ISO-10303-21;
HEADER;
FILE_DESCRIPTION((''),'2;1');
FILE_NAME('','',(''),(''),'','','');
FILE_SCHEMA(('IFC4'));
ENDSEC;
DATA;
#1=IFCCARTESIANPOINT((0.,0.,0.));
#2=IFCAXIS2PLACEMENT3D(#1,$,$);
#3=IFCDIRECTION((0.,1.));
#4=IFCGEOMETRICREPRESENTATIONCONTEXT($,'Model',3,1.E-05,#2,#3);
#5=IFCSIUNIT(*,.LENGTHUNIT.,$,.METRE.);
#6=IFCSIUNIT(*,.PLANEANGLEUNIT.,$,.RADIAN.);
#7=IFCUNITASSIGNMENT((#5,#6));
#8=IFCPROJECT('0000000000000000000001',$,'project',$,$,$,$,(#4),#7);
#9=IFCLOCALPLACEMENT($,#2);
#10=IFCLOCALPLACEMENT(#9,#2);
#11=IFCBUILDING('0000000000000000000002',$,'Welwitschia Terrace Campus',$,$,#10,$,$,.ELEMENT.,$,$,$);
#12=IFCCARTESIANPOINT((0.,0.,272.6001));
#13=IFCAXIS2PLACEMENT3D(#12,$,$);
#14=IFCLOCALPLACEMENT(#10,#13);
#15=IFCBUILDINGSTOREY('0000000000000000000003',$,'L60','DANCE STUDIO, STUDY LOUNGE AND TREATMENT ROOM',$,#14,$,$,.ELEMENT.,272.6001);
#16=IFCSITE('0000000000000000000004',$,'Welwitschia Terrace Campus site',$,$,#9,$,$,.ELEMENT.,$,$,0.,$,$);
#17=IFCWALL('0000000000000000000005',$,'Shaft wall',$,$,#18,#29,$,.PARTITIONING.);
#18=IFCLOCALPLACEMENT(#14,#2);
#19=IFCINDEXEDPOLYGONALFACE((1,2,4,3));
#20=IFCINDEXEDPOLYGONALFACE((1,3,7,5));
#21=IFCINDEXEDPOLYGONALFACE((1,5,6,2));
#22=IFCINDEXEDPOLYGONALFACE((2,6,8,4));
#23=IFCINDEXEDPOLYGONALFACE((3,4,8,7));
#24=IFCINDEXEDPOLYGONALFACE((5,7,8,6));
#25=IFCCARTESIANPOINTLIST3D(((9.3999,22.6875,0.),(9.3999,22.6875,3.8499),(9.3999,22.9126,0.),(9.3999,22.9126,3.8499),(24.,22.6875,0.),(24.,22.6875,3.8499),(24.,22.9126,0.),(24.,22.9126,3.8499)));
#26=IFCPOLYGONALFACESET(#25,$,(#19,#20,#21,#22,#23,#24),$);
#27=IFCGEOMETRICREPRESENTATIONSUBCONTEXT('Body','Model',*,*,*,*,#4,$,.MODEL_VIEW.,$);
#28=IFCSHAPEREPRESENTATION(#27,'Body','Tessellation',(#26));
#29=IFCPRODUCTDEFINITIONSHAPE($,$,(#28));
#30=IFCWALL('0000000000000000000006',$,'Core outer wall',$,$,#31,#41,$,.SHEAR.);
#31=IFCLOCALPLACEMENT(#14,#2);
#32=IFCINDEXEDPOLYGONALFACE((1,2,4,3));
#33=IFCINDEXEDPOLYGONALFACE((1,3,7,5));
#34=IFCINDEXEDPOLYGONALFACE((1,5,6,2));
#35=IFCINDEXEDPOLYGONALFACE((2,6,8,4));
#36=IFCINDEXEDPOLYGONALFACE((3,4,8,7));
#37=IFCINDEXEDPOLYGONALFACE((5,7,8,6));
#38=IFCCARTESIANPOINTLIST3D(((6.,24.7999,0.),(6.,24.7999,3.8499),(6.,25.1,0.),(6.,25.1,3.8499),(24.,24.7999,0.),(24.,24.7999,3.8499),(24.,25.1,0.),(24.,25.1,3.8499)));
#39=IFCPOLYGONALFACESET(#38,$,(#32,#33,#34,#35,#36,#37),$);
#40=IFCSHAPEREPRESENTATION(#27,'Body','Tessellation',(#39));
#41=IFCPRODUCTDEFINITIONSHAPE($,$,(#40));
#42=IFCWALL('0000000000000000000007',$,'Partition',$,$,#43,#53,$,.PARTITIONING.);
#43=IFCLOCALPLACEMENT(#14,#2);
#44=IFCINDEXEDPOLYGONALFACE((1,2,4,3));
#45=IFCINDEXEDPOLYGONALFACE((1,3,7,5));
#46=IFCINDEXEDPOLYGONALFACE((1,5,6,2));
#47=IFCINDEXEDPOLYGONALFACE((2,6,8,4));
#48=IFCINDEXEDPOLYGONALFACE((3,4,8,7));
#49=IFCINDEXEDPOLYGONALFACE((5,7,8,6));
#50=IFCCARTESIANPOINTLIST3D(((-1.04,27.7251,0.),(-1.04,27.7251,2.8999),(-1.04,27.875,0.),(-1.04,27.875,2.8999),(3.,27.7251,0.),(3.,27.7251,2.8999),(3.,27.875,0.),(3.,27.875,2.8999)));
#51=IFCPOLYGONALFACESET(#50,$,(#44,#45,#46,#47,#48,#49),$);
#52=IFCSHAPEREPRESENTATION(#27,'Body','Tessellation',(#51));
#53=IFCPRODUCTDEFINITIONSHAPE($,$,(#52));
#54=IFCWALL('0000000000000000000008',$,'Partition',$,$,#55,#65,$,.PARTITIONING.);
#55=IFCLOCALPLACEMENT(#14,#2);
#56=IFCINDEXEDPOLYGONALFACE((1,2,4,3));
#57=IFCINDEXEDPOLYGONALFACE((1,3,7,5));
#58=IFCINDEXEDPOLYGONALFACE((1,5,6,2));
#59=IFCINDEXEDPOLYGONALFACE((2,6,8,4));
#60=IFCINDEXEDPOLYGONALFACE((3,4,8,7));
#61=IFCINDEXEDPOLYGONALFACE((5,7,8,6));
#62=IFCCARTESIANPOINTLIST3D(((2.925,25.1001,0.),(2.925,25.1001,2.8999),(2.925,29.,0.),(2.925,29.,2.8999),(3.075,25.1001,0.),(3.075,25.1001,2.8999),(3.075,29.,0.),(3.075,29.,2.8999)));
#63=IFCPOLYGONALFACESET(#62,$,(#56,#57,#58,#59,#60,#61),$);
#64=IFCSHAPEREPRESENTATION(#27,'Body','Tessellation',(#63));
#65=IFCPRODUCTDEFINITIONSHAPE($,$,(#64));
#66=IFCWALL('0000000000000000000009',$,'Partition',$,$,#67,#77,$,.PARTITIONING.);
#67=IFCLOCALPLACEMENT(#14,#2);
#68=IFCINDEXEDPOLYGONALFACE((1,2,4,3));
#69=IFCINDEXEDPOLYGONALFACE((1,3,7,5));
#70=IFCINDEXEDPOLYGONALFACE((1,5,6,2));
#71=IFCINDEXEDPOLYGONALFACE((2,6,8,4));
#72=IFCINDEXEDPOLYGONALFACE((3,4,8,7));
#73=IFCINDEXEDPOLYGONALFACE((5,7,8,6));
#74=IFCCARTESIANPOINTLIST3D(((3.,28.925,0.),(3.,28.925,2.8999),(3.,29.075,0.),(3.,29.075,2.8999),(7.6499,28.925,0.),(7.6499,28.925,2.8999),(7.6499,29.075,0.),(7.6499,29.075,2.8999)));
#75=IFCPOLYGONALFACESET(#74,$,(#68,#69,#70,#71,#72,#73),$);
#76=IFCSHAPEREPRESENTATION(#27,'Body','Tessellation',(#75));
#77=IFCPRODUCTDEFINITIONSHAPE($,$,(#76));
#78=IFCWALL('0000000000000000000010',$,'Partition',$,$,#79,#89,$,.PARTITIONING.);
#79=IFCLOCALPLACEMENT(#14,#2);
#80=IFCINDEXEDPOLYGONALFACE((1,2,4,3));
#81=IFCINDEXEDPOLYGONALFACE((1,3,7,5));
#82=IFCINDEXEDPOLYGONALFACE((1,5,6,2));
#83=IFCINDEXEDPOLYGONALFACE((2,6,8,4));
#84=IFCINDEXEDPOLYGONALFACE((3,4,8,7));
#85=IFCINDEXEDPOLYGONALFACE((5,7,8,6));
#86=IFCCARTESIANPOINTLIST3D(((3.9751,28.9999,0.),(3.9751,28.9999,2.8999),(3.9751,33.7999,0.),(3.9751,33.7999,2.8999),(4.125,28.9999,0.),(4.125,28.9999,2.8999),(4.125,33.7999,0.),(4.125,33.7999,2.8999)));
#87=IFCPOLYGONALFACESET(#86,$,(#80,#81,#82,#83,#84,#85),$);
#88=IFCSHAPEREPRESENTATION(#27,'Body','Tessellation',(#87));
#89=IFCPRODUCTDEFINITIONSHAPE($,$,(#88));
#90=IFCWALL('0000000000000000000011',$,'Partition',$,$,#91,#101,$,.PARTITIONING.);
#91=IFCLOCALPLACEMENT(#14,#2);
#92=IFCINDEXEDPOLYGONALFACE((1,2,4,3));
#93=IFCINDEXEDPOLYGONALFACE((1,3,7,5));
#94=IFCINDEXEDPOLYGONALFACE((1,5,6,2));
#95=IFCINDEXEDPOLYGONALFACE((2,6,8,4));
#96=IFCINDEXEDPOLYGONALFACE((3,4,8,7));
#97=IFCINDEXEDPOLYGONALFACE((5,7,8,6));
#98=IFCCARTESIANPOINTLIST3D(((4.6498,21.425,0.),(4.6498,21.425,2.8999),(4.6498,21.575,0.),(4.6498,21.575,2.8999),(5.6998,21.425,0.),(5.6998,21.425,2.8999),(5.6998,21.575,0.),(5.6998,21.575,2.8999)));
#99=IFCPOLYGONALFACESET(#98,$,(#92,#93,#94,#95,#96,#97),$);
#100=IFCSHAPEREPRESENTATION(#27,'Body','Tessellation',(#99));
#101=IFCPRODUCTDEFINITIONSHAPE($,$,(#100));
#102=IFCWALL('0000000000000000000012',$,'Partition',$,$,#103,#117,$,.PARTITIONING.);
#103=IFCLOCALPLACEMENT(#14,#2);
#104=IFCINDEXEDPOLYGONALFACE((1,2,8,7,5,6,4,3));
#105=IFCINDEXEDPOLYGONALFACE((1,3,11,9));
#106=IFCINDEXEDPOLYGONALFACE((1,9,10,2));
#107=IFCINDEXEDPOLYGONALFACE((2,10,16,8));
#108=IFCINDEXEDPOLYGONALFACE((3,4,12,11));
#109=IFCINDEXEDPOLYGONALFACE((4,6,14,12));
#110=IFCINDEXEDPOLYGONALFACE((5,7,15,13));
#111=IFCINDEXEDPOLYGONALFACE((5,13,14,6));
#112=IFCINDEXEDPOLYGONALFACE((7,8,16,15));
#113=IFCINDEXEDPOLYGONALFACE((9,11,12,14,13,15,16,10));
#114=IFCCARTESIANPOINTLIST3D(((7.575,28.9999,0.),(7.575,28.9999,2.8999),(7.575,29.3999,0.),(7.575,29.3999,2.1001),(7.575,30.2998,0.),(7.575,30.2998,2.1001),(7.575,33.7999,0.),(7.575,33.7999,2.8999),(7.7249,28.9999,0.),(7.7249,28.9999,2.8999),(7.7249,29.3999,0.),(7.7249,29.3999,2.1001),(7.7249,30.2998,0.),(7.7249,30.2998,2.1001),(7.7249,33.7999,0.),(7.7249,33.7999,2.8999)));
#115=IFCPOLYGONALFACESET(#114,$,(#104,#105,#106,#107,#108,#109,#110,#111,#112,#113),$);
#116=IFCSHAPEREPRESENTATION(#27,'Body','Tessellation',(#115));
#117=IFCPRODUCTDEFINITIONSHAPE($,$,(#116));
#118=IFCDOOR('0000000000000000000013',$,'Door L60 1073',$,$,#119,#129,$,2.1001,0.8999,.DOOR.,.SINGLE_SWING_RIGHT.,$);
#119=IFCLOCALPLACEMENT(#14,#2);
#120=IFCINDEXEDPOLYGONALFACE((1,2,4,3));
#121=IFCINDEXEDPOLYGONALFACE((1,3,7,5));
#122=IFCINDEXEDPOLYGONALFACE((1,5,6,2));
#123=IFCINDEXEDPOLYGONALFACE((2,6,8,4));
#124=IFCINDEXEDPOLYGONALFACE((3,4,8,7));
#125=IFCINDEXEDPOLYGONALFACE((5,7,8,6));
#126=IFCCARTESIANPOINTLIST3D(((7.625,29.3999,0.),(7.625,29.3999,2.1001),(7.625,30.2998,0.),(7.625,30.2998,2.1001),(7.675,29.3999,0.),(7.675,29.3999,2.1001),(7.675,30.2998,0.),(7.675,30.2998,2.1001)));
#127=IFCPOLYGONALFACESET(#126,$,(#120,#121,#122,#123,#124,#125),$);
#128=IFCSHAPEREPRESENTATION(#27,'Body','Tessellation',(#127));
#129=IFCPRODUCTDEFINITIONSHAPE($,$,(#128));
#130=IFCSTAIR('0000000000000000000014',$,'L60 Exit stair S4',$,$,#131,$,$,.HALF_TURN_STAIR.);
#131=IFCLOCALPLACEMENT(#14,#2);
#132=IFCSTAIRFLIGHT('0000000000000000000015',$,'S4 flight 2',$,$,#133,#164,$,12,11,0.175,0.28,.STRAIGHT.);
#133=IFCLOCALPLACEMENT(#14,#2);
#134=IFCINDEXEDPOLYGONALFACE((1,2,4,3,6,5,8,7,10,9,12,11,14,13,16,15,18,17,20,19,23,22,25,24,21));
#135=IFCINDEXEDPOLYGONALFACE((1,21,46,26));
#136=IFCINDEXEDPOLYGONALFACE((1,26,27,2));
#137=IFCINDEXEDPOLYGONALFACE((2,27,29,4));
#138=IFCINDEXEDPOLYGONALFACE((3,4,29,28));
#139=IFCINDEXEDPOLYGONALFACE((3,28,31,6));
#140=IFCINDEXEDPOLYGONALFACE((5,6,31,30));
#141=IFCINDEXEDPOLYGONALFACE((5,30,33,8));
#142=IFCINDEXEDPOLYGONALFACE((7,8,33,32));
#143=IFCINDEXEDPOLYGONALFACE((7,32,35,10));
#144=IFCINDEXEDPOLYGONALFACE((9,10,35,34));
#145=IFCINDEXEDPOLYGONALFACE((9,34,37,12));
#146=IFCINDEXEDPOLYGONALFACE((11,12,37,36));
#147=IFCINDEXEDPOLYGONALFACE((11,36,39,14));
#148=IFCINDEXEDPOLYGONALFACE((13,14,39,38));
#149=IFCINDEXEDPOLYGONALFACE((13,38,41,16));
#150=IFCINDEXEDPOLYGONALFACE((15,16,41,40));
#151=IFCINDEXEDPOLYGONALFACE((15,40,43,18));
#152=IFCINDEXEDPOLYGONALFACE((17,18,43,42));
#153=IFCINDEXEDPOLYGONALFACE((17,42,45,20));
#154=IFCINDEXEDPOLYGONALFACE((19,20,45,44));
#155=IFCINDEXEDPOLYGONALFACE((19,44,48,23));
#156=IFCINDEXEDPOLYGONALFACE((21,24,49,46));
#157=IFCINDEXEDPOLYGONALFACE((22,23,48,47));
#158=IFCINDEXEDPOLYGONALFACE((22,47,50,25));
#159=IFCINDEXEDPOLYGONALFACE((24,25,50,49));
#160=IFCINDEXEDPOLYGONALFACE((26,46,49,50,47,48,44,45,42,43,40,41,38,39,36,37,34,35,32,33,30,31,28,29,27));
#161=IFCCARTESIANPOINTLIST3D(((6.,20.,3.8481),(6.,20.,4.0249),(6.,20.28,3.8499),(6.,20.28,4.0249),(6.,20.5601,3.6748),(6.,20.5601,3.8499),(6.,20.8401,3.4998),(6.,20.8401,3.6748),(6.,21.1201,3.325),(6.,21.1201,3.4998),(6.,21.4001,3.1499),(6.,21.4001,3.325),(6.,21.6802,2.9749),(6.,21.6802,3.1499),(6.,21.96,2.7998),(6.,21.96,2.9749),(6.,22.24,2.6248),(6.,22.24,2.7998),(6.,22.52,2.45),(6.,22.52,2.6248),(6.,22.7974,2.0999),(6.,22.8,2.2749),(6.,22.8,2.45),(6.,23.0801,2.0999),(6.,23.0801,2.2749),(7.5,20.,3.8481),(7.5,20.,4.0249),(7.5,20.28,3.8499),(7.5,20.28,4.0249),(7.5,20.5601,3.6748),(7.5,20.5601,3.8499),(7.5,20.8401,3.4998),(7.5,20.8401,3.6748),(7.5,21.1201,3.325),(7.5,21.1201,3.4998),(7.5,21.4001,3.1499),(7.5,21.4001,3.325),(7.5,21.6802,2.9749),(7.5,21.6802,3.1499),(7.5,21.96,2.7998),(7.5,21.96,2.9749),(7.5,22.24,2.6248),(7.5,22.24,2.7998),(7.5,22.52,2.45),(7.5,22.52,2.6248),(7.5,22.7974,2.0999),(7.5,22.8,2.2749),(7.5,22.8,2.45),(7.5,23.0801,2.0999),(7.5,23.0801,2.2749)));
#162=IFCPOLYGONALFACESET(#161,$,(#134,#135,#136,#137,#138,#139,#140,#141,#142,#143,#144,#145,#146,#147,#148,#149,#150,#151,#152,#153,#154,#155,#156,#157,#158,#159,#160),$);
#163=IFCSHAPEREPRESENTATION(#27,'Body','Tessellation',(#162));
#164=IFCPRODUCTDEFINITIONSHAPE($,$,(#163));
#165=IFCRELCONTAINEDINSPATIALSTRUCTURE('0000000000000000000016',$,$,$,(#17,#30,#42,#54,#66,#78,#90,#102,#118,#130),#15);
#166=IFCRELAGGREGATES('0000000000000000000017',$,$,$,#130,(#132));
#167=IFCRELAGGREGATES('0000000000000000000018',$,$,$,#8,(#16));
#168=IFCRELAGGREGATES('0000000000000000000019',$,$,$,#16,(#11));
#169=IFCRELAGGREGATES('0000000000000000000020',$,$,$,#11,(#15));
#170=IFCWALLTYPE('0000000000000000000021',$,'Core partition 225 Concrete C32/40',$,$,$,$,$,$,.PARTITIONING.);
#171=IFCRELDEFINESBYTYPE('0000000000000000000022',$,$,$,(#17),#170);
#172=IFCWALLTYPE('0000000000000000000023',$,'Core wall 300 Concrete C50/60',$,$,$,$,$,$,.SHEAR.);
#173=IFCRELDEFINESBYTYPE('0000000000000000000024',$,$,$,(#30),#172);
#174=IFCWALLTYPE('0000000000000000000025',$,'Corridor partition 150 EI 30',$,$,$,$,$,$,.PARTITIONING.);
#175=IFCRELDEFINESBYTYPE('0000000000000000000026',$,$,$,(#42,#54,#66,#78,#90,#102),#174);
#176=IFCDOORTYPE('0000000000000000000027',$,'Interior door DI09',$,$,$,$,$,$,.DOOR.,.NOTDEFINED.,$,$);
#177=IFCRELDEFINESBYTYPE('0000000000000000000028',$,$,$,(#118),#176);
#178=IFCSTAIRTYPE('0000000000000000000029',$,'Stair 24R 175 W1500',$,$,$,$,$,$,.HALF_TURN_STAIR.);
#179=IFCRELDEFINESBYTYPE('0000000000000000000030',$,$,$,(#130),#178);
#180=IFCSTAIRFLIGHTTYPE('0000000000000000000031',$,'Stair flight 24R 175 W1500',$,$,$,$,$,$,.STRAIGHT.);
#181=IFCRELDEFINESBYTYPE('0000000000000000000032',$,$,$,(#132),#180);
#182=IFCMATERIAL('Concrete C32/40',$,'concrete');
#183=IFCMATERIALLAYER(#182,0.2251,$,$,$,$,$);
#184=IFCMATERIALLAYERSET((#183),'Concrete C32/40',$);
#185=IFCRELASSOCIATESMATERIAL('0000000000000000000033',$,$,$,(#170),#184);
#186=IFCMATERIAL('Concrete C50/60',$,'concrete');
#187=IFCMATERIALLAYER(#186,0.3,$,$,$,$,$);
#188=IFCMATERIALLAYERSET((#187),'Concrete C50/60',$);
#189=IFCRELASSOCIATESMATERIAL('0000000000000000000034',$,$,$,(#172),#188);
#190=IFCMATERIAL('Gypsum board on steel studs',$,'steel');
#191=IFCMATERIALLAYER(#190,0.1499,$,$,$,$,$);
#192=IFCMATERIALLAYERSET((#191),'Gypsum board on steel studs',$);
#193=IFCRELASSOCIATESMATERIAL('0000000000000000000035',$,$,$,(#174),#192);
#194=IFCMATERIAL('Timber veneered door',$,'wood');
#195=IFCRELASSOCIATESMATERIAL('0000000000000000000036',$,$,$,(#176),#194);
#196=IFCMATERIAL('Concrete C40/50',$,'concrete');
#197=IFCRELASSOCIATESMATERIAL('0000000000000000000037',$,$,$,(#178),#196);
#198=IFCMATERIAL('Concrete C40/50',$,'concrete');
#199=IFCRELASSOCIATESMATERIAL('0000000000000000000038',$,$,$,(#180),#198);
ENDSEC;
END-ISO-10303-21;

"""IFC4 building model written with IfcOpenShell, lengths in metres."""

from ifc_helpers import new_model, si_unit, direction, frame, frame_2d, origin, place, context, subcontext, project, spatial, polyline, rectangle, outline, extrude, material, layer, layer_set, type_object, element, fill, aggregate, save


model = new_model("IFC4")

# Units and contexts
model_context = context("Model", 3, precision=1e-05, world=origin(), true_north=direction((0.0, 1.0)))
body_context = subcontext(model_context, "Body", "Model", "MODEL_VIEW")
ifc_project = project(units=[si_unit("LENGTHUNIT", "METRE"), si_unit("PLANEANGLEUNIT", "RADIAN")], contexts=[model_context])

# Site, building, storey
site_placement = place(None, origin())
site = spatial("IfcSite", under=ifc_project, at=site_placement, Name="Welwitschia Terrace Campus site", CompositionType="ELEMENT", RefElevation=0.0)
building_placement = place(site_placement, origin())
building = spatial("IfcBuilding", under=site, at=building_placement, Name="Welwitschia Terrace Campus", CompositionType="ELEMENT")
storey_placement = place(building_placement, frame((0.0, 0.0, 272.6001)))
storey = spatial("IfcBuildingStorey", under=building, at=storey_placement, Name="L60", Description="DANCE STUDIO, STUDY LOUNGE AND TREATMENT ROOM", CompositionType="ELEMENT", Elevation=272.6001)

# Walls
ifc_material_1 = material(Name="Concrete C32/40", Category="concrete")
ifc_layer_1 = layer(ifc_material_1, 0.2251)
ifc_layer_set_1 = layer_set([ifc_layer_1], Name="Concrete C32/40")
wall_type_1 = type_object("IfcWallType", Name="Core partition 225 Concrete C32/40", PredefinedType="PARTITIONING", material=ifc_layer_set_1)
wall_1_placement = place(storey_placement, frame((9.3999, 22.8, 0.0), z_axis=(0.0, 0.0, 1.0), x_axis=(1.0, 0.0, 0.0)))
element("IfcWall", 1, at=wall_1_placement, inside=storey, type_object=wall_type_1, Name="Shaft wall", PredefinedType="PARTITIONING", context=body_context, shape_type="SweptSolid", body=[
    extrude(rectangle(XDim=14.6001, YDim=0.2251, at=frame_2d((7.3, 0.0))), origin(), (0.0, 0.0, 1.0), 3.8499),
])
ifc_material_2 = material(Name="Concrete C50/60", Category="concrete")
ifc_layer_2 = layer(ifc_material_2, 0.3)
ifc_layer_set_2 = layer_set([ifc_layer_2], Name="Concrete C50/60")
wall_type_2 = type_object("IfcWallType", Name="Core wall 300 Concrete C50/60", PredefinedType="SHEAR", material=ifc_layer_set_2)
wall_2_placement = place(storey_placement, frame((6.0, 24.95, 0.0), z_axis=(0.0, 0.0, 1.0), x_axis=(1.0, 0.0, 0.0)))
element("IfcWall", 2, at=wall_2_placement, inside=storey, type_object=wall_type_2, Name="Core outer wall", PredefinedType="SHEAR", context=body_context, shape_type="SweptSolid", body=[
    extrude(rectangle(XDim=18.0, YDim=0.3, at=frame_2d((9.0, 0.0))), origin(), (0.0, 0.0, 1.0), 3.8499),
])
ifc_material_3 = material(Name="Gypsum board on steel studs", Category="steel")
ifc_layer_3 = layer(ifc_material_3, 0.1499)
ifc_layer_set_3 = layer_set([ifc_layer_3], Name="Gypsum board on steel studs")
wall_type_3 = type_object("IfcWallType", Name="Corridor partition 150 EI 30", PredefinedType="PARTITIONING", material=ifc_layer_set_3)
wall_3_placement = place(storey_placement, frame((-1.04, 27.8, 0.0), z_axis=(0.0, 0.0, 1.0), x_axis=(1.0, 0.0, 0.0)))
element("IfcWall", 3, at=wall_3_placement, inside=storey, type_object=wall_type_3, Name="Partition", PredefinedType="PARTITIONING", context=body_context, shape_type="SweptSolid", body=[
    extrude(rectangle(XDim=4.04, YDim=0.1499, at=frame_2d((2.02, 0.0))), origin(), (0.0, 0.0, 1.0), 2.8999),
])
wall_4_placement = place(storey_placement, frame((3.0, 25.1001, 0.0), z_axis=(0.0, 0.0, 1.0), x_axis=(0.0, 1.0, 0.0)))
element("IfcWall", 4, at=wall_4_placement, inside=storey, type_object=wall_type_3, Name="Partition", PredefinedType="PARTITIONING", context=body_context, shape_type="SweptSolid", body=[
    extrude(rectangle(XDim=3.8999, YDim=0.1499, at=frame_2d((1.95, 0.0))), origin(), (0.0, 0.0, 1.0), 2.8999),
])
wall_5_placement = place(storey_placement, frame((3.0, 29.0, 0.0), z_axis=(0.0, 0.0, 1.0), x_axis=(1.0, 0.0, 0.0)))
element("IfcWall", 5, at=wall_5_placement, inside=storey, type_object=wall_type_3, Name="Partition", PredefinedType="PARTITIONING", context=body_context, shape_type="SweptSolid", body=[
    extrude(rectangle(XDim=4.6499, YDim=0.1499, at=frame_2d((2.325, 0.0))), origin(), (0.0, 0.0, 1.0), 2.8999),
])
wall_6_placement = place(storey_placement, frame((4.05, 29.0, 0.0), z_axis=(0.0, 0.0, 1.0), x_axis=(0.0, 1.0, 0.0)))
element("IfcWall", 6, at=wall_6_placement, inside=storey, type_object=wall_type_3, Name="Partition", PredefinedType="PARTITIONING", context=body_context, shape_type="SweptSolid", body=[
    extrude(rectangle(XDim=4.8, YDim=0.1499, at=frame_2d((2.3999, 0.0))), origin(), (0.0, 0.0, 1.0), 2.8999),
])
wall_7_placement = place(storey_placement, frame((4.6499, 21.5, 0.0), z_axis=(0.0, 0.0, 1.0), x_axis=(1.0, 0.0, 0.0)))
element("IfcWall", 7, at=wall_7_placement, inside=storey, type_object=wall_type_3, Name="Partition", PredefinedType="PARTITIONING", context=body_context, shape_type="SweptSolid", body=[
    extrude(rectangle(XDim=1.05, YDim=0.1499, at=frame_2d((0.5249, 0.0))), origin(), (0.0, 0.0, 1.0), 2.8999),
])

# Wall, opening, door
wall_8_placement = place(storey_placement, frame((7.6499, 29.0, 0.0), z_axis=(0.0, 0.0, 1.0), x_axis=(0.0, 1.0, 0.0)))
wall_8 = element("IfcWall", 8, at=wall_8_placement, inside=storey, type_object=wall_type_3, Name="Partition", PredefinedType="PARTITIONING", context=body_context, shape_type="SweptSolid", body=[
    extrude(rectangle(XDim=4.8, YDim=0.1499, at=frame_2d((2.3999, 0.0))), origin(), (0.0, 0.0, 1.0), 2.8999),
])
opening_placement = place(wall_8_placement, frame((0.3999, 0.0, 0.0)))
opening = element("IfcOpeningElement", 9, at=opening_placement, cuts=wall_8, PredefinedType="OPENING", context=body_context, shape_type="SweptSolid", body=[
    extrude(rectangle(XDim=0.8999, YDim=2.1001, at=frame_2d((0.45, 1.05))), frame((0.0, 0.085, 0.0), z_axis=(0.0, -1.0, 0.0), x_axis=(1.0, 0.0, 0.0)), (0.0, 0.0, 1.0), 0.1699),
])
ifc_material_4 = material(Name="Timber veneered door", Category="wood")
door_type = type_object("IfcDoorType", Name="Interior door DI09", OperationType="NOTDEFINED", PredefinedType="DOOR", material=ifc_material_4)
door_placement = place(opening_placement, origin())
door = element("IfcDoor", 10, at=door_placement, inside=storey, type_object=door_type, Name="Door L60 1073", OperationType="SINGLE_SWING_RIGHT", OverallHeight=2.1001, OverallWidth=0.8999, PredefinedType="DOOR", context=body_context, shape_type="SweptSolid", body=[
    extrude(rectangle(XDim=0.8999, YDim=2.1001, at=frame_2d((0.45, 1.05))), frame((0.0, 0.0249, 0.0), z_axis=(0.0, -1.0, 0.0), x_axis=(1.0, 0.0, 0.0)), (0.0, 0.0, 1.0), 0.05),
])
fill(opening, door)

# Stair, stair flight
ifc_material_5 = material(Name="Concrete C40/50", Category="concrete")
stair_type = type_object("IfcStairType", Name="Stair 24R 175 W1500", PredefinedType="HALF_TURN_STAIR", material=ifc_material_5)
stair_placement = place(storey_placement, origin())
stair = element("IfcStair", 11, at=stair_placement, inside=storey, type_object=stair_type, Name="L60 Exit stair S4", PredefinedType="HALF_TURN_STAIR")
ifc_material_6 = material(Name="Concrete C40/50", Category="concrete")
stair_flight_type = type_object("IfcStairFlightType", Name="Stair flight 24R 175 W1500", PredefinedType="STRAIGHT", material=ifc_material_6)
stair_flight_placement = place(storey_placement, frame((6.75, 23.0801, 2.0999), z_axis=(0.0, 0.0, 1.0), x_axis=(0.0, -1.0, 0.0)))
stair_flight = element("IfcStairFlight", 12, at=stair_flight_placement, type_object=stair_flight_type, Name="S4 flight 2", NumberOfRisers=12, NumberOfTreads=11, PredefinedType="STRAIGHT", RiserHeight=0.175, TreadLength=0.28, context=body_context, shape_type="SweptSolid", body=[
    extrude(outline(polyline([(0.0, 0.0), (0.0, 0.175), (0.28, 0.175), (0.28, 0.3501), (0.5601, 0.3501), (0.5601, 0.5249), (0.8401, 0.5249), (0.8401, 0.7), (1.1201, 0.7), (1.1201, 0.875), (1.3999, 0.875), (1.3999, 1.05), (1.6799, 1.05), (1.6799, 1.2251), (1.96, 1.2251), (1.96, 1.3999), (2.24, 1.3999), (2.24, 1.575), (2.52, 1.575), (2.52, 1.75), (2.8, 1.75), (2.8, 1.925), (3.0801, 1.925), (3.0801, 2.1001), (3.0801, 1.7483), (0.2827, 0.0), (0.0, 0.0)])), frame((0.0, 0.75, 0.0), z_axis=(0.0, -1.0, 0.0), x_axis=(1.0, 0.0, 0.0)), (0.0, 0.0, 1.0), 1.5),
])
aggregate(stair, [stair_flight])

save(model, "model.ifc")
